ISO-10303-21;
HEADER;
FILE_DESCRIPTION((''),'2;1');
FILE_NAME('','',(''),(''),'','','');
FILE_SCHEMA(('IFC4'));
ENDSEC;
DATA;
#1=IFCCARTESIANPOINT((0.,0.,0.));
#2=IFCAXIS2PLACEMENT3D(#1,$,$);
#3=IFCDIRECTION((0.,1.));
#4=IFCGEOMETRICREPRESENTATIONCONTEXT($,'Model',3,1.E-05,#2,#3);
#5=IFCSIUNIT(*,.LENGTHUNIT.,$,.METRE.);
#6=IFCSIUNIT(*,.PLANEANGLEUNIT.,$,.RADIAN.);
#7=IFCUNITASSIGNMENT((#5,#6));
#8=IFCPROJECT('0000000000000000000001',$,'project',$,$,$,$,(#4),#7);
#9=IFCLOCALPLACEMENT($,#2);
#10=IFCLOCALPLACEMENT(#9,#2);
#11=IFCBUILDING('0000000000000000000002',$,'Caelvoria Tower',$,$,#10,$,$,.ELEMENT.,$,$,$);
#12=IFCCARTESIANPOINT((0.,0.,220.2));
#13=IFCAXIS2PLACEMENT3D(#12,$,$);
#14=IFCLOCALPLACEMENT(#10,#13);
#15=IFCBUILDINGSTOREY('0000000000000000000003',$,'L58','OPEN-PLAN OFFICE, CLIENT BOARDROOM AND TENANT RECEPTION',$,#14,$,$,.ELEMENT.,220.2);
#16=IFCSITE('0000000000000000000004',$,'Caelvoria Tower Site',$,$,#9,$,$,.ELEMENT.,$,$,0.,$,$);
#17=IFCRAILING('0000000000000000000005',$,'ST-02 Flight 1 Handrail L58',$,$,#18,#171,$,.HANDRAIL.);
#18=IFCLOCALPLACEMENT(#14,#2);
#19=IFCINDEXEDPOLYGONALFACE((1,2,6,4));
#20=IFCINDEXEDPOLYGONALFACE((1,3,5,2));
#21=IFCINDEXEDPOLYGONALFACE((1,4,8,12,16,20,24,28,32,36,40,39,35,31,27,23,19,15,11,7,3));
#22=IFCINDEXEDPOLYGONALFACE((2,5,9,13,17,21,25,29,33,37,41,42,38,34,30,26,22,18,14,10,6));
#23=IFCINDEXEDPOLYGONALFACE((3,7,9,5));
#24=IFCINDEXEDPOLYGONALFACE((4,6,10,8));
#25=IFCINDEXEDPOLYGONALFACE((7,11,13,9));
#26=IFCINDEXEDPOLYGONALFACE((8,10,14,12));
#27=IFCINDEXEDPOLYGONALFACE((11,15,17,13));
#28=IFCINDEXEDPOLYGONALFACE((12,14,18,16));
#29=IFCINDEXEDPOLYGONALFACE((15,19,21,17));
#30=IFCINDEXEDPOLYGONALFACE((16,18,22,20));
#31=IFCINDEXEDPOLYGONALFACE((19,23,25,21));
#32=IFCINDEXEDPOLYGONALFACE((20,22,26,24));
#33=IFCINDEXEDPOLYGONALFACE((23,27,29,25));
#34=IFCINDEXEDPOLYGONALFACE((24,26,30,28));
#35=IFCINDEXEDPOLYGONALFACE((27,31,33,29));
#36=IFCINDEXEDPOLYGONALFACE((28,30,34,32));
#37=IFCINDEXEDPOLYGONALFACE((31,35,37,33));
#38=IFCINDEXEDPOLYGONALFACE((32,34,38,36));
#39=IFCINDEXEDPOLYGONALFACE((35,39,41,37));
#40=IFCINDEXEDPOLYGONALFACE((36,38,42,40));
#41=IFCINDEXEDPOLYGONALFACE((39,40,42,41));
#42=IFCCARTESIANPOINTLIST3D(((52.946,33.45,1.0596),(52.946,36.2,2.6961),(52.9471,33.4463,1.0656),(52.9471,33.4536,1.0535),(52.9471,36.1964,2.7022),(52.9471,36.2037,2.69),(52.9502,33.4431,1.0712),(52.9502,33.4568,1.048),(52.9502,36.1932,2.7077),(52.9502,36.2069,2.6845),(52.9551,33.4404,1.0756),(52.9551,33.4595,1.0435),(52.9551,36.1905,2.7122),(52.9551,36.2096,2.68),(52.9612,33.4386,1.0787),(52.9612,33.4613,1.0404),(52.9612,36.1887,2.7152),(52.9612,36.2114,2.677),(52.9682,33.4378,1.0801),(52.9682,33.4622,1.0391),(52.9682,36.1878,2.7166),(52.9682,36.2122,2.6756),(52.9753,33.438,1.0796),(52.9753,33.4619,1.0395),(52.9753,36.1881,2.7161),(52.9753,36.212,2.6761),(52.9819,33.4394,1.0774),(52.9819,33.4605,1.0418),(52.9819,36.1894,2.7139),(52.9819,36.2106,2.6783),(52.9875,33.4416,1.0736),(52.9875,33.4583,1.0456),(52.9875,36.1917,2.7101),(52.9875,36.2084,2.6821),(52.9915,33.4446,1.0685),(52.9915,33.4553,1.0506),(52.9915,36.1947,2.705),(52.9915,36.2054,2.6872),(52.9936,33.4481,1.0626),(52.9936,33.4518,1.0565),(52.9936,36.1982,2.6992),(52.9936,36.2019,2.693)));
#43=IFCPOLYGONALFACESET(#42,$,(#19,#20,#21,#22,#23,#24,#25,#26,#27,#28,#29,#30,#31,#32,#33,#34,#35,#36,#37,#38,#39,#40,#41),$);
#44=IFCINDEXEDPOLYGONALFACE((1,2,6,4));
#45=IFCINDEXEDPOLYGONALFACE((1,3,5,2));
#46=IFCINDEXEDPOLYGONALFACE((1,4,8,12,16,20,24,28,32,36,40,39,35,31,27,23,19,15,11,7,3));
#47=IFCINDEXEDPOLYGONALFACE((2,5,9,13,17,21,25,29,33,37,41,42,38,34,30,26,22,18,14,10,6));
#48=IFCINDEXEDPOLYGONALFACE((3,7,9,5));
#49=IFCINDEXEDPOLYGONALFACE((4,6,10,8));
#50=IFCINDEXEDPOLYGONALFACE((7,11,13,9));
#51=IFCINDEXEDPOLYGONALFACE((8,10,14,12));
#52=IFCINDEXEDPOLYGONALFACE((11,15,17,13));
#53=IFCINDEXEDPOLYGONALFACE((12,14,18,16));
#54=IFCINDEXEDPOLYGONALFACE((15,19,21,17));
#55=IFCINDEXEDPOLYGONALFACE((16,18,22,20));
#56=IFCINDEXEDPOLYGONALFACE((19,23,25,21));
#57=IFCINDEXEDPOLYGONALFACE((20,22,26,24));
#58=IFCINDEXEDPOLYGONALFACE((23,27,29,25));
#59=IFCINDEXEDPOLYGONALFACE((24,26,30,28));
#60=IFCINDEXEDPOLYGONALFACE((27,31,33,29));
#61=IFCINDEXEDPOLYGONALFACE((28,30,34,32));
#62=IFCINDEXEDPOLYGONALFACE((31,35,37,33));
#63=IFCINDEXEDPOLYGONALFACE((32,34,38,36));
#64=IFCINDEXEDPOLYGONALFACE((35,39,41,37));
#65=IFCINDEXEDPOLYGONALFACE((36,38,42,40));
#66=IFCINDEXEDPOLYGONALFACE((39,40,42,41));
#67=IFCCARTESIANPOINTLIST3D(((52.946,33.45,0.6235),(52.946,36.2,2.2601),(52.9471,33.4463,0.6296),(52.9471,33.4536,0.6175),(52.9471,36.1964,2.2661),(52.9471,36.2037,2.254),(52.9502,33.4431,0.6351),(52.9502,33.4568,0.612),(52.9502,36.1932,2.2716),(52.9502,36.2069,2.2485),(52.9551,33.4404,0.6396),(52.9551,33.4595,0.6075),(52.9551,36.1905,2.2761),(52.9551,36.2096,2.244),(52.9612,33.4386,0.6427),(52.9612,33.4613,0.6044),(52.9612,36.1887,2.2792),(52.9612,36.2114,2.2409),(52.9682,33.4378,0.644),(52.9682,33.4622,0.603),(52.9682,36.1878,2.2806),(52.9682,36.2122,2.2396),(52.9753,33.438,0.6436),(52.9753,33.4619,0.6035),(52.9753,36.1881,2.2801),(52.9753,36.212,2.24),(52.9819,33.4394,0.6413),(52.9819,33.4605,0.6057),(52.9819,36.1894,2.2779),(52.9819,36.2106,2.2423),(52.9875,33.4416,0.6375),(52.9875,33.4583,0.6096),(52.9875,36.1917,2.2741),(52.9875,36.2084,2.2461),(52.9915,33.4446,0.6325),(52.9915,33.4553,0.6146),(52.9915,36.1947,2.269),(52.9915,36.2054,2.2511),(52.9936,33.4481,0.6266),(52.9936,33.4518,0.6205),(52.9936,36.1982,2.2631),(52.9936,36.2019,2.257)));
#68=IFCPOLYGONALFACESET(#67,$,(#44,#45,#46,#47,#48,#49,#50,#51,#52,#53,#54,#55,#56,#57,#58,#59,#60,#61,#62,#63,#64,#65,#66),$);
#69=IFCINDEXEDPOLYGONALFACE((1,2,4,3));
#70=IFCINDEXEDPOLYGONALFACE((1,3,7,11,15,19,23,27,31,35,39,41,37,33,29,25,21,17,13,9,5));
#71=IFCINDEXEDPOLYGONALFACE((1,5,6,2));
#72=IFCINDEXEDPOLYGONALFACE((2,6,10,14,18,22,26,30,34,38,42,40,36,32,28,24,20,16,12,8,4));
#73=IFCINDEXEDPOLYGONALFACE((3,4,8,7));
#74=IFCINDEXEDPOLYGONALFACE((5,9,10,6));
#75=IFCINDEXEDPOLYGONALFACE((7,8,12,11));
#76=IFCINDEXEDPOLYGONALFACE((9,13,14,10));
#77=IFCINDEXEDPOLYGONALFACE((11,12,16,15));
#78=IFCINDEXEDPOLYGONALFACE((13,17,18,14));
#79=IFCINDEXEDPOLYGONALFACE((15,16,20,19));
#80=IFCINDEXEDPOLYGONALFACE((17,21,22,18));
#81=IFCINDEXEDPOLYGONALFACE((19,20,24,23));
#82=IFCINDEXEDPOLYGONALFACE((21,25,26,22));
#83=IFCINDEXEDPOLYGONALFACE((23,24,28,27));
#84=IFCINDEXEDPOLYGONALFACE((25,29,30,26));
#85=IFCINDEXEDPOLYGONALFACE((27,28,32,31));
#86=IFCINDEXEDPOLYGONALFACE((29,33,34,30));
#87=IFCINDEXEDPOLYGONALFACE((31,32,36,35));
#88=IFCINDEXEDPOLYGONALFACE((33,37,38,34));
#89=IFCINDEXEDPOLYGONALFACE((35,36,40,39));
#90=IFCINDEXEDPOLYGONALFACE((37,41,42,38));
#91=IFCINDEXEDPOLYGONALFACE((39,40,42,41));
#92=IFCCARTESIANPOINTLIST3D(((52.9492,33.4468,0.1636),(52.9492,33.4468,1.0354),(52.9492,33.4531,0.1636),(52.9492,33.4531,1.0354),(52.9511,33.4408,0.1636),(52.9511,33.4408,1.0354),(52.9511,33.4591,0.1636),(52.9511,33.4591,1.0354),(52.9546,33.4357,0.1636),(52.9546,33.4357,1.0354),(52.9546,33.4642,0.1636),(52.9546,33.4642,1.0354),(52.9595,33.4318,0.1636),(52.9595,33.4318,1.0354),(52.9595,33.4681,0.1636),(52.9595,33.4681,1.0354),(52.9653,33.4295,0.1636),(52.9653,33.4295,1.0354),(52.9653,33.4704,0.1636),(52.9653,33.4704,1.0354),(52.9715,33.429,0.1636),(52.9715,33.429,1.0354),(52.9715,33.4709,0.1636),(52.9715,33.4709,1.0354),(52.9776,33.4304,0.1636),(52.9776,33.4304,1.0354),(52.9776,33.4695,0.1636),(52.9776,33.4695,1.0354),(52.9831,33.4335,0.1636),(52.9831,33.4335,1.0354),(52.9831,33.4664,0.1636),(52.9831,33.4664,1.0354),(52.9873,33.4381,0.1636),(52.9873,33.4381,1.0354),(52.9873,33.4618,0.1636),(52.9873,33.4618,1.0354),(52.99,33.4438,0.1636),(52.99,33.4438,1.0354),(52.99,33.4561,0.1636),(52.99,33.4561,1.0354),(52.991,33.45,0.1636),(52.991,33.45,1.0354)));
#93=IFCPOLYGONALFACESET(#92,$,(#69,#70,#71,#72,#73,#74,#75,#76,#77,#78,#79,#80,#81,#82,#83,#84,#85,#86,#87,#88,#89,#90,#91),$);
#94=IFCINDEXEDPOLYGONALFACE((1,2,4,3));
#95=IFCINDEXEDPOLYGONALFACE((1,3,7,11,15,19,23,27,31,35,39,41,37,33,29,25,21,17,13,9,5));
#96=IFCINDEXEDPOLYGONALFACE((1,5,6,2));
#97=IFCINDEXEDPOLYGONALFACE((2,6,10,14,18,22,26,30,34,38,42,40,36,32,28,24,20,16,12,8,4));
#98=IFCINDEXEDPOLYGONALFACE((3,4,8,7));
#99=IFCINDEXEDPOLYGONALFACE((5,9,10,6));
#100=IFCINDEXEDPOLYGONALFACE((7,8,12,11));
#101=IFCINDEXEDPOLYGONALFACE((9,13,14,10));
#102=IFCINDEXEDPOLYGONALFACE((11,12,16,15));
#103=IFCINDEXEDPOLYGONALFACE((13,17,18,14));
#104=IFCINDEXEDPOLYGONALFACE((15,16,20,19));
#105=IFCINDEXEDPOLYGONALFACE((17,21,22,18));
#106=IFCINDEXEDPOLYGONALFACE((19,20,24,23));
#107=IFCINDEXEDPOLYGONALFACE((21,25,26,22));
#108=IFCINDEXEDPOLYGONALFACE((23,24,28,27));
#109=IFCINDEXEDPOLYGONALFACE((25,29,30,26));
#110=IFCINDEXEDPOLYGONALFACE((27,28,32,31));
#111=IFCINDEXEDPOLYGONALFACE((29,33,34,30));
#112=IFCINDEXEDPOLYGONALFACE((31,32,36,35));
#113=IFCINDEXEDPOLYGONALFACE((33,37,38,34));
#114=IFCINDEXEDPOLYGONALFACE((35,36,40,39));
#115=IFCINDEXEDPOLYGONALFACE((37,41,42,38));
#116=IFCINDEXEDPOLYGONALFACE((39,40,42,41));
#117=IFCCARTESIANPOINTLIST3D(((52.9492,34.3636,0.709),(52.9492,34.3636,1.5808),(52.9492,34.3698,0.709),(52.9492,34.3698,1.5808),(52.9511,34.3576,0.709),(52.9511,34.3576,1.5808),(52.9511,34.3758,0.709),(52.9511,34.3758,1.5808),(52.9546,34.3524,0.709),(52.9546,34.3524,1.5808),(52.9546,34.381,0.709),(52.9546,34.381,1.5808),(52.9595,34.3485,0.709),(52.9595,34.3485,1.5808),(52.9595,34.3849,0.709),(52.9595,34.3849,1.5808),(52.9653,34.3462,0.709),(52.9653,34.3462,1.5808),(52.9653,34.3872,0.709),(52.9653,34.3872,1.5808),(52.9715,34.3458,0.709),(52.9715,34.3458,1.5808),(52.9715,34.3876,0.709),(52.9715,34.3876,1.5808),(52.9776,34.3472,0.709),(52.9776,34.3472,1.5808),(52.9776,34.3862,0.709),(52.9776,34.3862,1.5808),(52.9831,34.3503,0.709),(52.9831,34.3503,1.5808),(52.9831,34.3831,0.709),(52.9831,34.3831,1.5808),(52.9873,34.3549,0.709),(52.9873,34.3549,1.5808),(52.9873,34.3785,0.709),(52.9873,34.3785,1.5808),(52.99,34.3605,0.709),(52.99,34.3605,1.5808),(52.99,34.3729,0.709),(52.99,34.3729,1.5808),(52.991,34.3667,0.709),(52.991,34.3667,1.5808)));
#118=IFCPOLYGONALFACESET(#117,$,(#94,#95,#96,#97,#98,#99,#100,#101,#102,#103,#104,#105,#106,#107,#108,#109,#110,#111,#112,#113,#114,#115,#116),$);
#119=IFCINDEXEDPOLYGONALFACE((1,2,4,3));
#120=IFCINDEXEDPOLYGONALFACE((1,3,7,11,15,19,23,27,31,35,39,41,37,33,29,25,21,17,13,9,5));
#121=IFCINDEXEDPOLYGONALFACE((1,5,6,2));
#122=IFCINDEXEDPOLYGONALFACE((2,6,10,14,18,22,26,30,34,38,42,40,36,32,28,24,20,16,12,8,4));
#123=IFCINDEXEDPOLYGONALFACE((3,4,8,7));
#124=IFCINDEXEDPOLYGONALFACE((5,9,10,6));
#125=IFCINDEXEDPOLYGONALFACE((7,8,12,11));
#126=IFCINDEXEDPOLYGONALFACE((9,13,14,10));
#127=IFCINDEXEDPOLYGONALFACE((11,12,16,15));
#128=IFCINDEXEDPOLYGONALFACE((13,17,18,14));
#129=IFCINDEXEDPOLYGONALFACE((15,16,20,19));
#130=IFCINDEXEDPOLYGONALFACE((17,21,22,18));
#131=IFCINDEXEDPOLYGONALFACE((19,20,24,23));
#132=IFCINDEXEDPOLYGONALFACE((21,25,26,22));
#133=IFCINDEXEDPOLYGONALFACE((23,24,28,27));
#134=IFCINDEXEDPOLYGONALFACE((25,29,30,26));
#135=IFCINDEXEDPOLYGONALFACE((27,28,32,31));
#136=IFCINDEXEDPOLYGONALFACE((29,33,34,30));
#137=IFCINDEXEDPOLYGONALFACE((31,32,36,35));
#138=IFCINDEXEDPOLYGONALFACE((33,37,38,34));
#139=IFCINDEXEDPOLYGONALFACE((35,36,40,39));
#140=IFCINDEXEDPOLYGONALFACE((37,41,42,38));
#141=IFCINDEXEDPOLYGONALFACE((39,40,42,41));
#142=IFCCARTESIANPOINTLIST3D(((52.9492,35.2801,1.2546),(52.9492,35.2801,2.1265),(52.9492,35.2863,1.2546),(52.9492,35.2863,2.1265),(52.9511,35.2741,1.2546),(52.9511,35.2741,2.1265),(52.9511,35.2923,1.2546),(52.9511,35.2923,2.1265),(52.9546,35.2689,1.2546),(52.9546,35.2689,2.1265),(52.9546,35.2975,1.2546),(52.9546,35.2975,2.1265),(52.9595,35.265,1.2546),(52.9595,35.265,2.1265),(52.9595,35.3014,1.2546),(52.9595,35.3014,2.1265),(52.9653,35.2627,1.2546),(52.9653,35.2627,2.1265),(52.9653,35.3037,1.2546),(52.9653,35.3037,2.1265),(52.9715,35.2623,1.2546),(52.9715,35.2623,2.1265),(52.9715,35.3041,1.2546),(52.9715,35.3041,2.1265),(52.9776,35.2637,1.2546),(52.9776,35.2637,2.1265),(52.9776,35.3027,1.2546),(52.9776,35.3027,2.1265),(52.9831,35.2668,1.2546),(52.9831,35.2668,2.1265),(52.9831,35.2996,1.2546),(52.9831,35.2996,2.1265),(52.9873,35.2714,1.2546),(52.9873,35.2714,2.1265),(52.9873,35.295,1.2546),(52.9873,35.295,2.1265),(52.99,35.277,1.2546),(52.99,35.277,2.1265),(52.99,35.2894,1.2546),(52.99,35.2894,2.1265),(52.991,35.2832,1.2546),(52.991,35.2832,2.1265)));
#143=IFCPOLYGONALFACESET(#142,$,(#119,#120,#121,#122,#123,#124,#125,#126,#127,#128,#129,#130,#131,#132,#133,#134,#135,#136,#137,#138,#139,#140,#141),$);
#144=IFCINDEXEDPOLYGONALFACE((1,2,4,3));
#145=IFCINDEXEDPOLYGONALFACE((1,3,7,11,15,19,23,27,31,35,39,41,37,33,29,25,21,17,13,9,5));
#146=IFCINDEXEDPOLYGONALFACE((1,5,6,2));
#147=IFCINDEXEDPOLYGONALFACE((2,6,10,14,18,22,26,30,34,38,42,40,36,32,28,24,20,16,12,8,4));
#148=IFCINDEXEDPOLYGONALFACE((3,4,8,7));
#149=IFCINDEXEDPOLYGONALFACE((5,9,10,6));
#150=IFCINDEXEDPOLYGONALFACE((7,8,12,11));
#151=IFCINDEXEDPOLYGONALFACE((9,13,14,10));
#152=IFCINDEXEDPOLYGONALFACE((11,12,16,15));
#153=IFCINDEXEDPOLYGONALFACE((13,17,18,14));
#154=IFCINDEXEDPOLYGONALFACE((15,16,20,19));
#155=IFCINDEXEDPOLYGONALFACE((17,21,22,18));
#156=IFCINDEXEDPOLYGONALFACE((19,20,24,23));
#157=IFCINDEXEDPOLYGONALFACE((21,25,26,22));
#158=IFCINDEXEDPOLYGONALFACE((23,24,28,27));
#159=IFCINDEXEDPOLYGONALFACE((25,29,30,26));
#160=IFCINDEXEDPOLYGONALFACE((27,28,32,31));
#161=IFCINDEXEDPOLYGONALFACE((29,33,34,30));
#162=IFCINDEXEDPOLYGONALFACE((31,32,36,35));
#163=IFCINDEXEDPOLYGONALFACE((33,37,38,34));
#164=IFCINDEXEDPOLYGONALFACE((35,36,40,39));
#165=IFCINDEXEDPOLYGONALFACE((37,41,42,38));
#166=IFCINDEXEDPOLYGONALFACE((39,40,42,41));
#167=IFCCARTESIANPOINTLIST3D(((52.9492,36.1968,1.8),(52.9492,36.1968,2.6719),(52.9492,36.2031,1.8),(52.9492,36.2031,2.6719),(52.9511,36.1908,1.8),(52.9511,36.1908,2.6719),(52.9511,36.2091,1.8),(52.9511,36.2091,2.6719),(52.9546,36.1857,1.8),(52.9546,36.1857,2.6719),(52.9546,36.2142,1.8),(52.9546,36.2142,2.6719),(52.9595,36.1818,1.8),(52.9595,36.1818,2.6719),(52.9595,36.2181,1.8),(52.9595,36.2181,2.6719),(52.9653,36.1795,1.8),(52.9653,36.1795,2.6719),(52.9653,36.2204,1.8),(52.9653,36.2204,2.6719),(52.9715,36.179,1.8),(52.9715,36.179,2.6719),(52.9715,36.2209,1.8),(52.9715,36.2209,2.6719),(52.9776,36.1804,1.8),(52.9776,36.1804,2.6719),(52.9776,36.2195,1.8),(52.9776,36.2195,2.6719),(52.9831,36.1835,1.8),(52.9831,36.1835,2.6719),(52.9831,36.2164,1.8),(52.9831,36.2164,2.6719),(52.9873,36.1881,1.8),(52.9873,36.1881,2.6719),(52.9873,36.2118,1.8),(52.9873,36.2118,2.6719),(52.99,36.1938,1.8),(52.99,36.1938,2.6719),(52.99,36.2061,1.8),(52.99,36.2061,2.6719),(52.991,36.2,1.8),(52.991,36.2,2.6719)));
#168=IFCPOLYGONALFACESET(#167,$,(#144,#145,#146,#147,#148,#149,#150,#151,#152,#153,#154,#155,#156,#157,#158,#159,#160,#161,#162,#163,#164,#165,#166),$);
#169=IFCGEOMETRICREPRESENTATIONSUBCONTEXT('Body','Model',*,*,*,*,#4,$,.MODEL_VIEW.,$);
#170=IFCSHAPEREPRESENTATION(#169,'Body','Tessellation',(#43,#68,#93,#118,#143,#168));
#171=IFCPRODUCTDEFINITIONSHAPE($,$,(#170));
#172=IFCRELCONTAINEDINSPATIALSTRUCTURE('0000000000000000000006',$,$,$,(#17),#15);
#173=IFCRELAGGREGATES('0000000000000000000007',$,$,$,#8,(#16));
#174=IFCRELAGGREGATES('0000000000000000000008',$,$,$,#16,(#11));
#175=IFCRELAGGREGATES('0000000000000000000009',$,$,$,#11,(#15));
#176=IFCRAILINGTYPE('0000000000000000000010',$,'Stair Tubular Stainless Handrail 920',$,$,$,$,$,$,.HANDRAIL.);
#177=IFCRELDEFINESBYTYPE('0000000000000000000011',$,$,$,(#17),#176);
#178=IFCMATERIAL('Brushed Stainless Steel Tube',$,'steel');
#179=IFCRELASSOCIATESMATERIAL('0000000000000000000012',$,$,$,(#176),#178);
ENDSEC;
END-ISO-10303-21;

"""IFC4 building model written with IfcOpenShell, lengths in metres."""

from ifc_helpers import new_model, si_unit, direction, frame, origin, origin_2d, place, context, subcontext, project, spatial, circle, extrude, material, type_object, element, save


model = new_model("IFC4")

# Units and contexts
model_context = context("Model", 3, precision=1e-05, world=origin(), true_north=direction((0.0, 1.0)))
body_context = subcontext(model_context, "Body", "Model", "MODEL_VIEW")
ifc_project = project(units=[si_unit("LENGTHUNIT", "METRE"), si_unit("PLANEANGLEUNIT", "RADIAN")], contexts=[model_context])

# Site, building, storey
site_placement = place(None, origin())
site = spatial("IfcSite", under=ifc_project, at=site_placement, Name="Caelvoria Tower Site", CompositionType="ELEMENT", RefElevation=0.0)
building_placement = place(site_placement, origin())
building = spatial("IfcBuilding", under=site, at=building_placement, Name="Caelvoria Tower", CompositionType="ELEMENT")
storey_placement = place(building_placement, frame((0.0, 0.0, 220.2)))
storey = spatial("IfcBuildingStorey", under=building, at=storey_placement, Name="L58", Description="OPEN-PLAN OFFICE, CLIENT BOARDROOM AND TENANT RECEPTION", CompositionType="ELEMENT", Elevation=220.2)

# Railing
ifc_material_1 = material(Name="Brushed Stainless Steel Tube", Category="steel")
railing_type_1 = type_object("IfcRailingType", Name="Stair Tubular Stainless Handrail 920", PredefinedType="HANDRAIL", material=ifc_material_1)
railing_1_placement = place(storey_placement, frame((52.97, 33.45, 0.1636)))
element("IfcRailing", 1, at=railing_1_placement, inside=storey, type_object=railing_type_1, Name="ST-02 Flight 1 Handrail L58", PredefinedType="HANDRAIL", context=body_context, shape_type="SweptSolid", body=[
    extrude(circle(Radius=0.0239, at=origin_2d()), frame((0.0, 0.0, 0.896), z_axis=(0.0, 0.859352, 0.511385), x_axis=(-1.0, 0.0, 0.0)), (0.0, 0.0, 1.0), 3.2002),
    extrude(circle(Radius=0.0239, at=origin_2d()), frame((0.0, 0.0, 0.46), z_axis=(0.0, 0.859352, 0.511385), x_axis=(-1.0, 0.0, 0.0)), (0.0, 0.0, 1.0), 3.2002),
    extrude(circle(Radius=0.021, at=origin_2d()), origin(), (0.0, 0.0, 1.0), 0.8718),
    extrude(circle(Radius=0.021, at=origin_2d()), frame((0.0, 0.9167, 0.5454)), (0.0, 0.0, 1.0), 0.8718),
    extrude(circle(Radius=0.021, at=origin_2d()), frame((0.0, 1.8333, 1.0911)), (0.0, 0.0, 1.0), 0.8718),
    extrude(circle(Radius=0.021, at=origin_2d()), frame((0.0, 2.75, 1.6365)), (0.0, 0.0, 1.0), 0.8718),
])

save(model, "model.ifc")
